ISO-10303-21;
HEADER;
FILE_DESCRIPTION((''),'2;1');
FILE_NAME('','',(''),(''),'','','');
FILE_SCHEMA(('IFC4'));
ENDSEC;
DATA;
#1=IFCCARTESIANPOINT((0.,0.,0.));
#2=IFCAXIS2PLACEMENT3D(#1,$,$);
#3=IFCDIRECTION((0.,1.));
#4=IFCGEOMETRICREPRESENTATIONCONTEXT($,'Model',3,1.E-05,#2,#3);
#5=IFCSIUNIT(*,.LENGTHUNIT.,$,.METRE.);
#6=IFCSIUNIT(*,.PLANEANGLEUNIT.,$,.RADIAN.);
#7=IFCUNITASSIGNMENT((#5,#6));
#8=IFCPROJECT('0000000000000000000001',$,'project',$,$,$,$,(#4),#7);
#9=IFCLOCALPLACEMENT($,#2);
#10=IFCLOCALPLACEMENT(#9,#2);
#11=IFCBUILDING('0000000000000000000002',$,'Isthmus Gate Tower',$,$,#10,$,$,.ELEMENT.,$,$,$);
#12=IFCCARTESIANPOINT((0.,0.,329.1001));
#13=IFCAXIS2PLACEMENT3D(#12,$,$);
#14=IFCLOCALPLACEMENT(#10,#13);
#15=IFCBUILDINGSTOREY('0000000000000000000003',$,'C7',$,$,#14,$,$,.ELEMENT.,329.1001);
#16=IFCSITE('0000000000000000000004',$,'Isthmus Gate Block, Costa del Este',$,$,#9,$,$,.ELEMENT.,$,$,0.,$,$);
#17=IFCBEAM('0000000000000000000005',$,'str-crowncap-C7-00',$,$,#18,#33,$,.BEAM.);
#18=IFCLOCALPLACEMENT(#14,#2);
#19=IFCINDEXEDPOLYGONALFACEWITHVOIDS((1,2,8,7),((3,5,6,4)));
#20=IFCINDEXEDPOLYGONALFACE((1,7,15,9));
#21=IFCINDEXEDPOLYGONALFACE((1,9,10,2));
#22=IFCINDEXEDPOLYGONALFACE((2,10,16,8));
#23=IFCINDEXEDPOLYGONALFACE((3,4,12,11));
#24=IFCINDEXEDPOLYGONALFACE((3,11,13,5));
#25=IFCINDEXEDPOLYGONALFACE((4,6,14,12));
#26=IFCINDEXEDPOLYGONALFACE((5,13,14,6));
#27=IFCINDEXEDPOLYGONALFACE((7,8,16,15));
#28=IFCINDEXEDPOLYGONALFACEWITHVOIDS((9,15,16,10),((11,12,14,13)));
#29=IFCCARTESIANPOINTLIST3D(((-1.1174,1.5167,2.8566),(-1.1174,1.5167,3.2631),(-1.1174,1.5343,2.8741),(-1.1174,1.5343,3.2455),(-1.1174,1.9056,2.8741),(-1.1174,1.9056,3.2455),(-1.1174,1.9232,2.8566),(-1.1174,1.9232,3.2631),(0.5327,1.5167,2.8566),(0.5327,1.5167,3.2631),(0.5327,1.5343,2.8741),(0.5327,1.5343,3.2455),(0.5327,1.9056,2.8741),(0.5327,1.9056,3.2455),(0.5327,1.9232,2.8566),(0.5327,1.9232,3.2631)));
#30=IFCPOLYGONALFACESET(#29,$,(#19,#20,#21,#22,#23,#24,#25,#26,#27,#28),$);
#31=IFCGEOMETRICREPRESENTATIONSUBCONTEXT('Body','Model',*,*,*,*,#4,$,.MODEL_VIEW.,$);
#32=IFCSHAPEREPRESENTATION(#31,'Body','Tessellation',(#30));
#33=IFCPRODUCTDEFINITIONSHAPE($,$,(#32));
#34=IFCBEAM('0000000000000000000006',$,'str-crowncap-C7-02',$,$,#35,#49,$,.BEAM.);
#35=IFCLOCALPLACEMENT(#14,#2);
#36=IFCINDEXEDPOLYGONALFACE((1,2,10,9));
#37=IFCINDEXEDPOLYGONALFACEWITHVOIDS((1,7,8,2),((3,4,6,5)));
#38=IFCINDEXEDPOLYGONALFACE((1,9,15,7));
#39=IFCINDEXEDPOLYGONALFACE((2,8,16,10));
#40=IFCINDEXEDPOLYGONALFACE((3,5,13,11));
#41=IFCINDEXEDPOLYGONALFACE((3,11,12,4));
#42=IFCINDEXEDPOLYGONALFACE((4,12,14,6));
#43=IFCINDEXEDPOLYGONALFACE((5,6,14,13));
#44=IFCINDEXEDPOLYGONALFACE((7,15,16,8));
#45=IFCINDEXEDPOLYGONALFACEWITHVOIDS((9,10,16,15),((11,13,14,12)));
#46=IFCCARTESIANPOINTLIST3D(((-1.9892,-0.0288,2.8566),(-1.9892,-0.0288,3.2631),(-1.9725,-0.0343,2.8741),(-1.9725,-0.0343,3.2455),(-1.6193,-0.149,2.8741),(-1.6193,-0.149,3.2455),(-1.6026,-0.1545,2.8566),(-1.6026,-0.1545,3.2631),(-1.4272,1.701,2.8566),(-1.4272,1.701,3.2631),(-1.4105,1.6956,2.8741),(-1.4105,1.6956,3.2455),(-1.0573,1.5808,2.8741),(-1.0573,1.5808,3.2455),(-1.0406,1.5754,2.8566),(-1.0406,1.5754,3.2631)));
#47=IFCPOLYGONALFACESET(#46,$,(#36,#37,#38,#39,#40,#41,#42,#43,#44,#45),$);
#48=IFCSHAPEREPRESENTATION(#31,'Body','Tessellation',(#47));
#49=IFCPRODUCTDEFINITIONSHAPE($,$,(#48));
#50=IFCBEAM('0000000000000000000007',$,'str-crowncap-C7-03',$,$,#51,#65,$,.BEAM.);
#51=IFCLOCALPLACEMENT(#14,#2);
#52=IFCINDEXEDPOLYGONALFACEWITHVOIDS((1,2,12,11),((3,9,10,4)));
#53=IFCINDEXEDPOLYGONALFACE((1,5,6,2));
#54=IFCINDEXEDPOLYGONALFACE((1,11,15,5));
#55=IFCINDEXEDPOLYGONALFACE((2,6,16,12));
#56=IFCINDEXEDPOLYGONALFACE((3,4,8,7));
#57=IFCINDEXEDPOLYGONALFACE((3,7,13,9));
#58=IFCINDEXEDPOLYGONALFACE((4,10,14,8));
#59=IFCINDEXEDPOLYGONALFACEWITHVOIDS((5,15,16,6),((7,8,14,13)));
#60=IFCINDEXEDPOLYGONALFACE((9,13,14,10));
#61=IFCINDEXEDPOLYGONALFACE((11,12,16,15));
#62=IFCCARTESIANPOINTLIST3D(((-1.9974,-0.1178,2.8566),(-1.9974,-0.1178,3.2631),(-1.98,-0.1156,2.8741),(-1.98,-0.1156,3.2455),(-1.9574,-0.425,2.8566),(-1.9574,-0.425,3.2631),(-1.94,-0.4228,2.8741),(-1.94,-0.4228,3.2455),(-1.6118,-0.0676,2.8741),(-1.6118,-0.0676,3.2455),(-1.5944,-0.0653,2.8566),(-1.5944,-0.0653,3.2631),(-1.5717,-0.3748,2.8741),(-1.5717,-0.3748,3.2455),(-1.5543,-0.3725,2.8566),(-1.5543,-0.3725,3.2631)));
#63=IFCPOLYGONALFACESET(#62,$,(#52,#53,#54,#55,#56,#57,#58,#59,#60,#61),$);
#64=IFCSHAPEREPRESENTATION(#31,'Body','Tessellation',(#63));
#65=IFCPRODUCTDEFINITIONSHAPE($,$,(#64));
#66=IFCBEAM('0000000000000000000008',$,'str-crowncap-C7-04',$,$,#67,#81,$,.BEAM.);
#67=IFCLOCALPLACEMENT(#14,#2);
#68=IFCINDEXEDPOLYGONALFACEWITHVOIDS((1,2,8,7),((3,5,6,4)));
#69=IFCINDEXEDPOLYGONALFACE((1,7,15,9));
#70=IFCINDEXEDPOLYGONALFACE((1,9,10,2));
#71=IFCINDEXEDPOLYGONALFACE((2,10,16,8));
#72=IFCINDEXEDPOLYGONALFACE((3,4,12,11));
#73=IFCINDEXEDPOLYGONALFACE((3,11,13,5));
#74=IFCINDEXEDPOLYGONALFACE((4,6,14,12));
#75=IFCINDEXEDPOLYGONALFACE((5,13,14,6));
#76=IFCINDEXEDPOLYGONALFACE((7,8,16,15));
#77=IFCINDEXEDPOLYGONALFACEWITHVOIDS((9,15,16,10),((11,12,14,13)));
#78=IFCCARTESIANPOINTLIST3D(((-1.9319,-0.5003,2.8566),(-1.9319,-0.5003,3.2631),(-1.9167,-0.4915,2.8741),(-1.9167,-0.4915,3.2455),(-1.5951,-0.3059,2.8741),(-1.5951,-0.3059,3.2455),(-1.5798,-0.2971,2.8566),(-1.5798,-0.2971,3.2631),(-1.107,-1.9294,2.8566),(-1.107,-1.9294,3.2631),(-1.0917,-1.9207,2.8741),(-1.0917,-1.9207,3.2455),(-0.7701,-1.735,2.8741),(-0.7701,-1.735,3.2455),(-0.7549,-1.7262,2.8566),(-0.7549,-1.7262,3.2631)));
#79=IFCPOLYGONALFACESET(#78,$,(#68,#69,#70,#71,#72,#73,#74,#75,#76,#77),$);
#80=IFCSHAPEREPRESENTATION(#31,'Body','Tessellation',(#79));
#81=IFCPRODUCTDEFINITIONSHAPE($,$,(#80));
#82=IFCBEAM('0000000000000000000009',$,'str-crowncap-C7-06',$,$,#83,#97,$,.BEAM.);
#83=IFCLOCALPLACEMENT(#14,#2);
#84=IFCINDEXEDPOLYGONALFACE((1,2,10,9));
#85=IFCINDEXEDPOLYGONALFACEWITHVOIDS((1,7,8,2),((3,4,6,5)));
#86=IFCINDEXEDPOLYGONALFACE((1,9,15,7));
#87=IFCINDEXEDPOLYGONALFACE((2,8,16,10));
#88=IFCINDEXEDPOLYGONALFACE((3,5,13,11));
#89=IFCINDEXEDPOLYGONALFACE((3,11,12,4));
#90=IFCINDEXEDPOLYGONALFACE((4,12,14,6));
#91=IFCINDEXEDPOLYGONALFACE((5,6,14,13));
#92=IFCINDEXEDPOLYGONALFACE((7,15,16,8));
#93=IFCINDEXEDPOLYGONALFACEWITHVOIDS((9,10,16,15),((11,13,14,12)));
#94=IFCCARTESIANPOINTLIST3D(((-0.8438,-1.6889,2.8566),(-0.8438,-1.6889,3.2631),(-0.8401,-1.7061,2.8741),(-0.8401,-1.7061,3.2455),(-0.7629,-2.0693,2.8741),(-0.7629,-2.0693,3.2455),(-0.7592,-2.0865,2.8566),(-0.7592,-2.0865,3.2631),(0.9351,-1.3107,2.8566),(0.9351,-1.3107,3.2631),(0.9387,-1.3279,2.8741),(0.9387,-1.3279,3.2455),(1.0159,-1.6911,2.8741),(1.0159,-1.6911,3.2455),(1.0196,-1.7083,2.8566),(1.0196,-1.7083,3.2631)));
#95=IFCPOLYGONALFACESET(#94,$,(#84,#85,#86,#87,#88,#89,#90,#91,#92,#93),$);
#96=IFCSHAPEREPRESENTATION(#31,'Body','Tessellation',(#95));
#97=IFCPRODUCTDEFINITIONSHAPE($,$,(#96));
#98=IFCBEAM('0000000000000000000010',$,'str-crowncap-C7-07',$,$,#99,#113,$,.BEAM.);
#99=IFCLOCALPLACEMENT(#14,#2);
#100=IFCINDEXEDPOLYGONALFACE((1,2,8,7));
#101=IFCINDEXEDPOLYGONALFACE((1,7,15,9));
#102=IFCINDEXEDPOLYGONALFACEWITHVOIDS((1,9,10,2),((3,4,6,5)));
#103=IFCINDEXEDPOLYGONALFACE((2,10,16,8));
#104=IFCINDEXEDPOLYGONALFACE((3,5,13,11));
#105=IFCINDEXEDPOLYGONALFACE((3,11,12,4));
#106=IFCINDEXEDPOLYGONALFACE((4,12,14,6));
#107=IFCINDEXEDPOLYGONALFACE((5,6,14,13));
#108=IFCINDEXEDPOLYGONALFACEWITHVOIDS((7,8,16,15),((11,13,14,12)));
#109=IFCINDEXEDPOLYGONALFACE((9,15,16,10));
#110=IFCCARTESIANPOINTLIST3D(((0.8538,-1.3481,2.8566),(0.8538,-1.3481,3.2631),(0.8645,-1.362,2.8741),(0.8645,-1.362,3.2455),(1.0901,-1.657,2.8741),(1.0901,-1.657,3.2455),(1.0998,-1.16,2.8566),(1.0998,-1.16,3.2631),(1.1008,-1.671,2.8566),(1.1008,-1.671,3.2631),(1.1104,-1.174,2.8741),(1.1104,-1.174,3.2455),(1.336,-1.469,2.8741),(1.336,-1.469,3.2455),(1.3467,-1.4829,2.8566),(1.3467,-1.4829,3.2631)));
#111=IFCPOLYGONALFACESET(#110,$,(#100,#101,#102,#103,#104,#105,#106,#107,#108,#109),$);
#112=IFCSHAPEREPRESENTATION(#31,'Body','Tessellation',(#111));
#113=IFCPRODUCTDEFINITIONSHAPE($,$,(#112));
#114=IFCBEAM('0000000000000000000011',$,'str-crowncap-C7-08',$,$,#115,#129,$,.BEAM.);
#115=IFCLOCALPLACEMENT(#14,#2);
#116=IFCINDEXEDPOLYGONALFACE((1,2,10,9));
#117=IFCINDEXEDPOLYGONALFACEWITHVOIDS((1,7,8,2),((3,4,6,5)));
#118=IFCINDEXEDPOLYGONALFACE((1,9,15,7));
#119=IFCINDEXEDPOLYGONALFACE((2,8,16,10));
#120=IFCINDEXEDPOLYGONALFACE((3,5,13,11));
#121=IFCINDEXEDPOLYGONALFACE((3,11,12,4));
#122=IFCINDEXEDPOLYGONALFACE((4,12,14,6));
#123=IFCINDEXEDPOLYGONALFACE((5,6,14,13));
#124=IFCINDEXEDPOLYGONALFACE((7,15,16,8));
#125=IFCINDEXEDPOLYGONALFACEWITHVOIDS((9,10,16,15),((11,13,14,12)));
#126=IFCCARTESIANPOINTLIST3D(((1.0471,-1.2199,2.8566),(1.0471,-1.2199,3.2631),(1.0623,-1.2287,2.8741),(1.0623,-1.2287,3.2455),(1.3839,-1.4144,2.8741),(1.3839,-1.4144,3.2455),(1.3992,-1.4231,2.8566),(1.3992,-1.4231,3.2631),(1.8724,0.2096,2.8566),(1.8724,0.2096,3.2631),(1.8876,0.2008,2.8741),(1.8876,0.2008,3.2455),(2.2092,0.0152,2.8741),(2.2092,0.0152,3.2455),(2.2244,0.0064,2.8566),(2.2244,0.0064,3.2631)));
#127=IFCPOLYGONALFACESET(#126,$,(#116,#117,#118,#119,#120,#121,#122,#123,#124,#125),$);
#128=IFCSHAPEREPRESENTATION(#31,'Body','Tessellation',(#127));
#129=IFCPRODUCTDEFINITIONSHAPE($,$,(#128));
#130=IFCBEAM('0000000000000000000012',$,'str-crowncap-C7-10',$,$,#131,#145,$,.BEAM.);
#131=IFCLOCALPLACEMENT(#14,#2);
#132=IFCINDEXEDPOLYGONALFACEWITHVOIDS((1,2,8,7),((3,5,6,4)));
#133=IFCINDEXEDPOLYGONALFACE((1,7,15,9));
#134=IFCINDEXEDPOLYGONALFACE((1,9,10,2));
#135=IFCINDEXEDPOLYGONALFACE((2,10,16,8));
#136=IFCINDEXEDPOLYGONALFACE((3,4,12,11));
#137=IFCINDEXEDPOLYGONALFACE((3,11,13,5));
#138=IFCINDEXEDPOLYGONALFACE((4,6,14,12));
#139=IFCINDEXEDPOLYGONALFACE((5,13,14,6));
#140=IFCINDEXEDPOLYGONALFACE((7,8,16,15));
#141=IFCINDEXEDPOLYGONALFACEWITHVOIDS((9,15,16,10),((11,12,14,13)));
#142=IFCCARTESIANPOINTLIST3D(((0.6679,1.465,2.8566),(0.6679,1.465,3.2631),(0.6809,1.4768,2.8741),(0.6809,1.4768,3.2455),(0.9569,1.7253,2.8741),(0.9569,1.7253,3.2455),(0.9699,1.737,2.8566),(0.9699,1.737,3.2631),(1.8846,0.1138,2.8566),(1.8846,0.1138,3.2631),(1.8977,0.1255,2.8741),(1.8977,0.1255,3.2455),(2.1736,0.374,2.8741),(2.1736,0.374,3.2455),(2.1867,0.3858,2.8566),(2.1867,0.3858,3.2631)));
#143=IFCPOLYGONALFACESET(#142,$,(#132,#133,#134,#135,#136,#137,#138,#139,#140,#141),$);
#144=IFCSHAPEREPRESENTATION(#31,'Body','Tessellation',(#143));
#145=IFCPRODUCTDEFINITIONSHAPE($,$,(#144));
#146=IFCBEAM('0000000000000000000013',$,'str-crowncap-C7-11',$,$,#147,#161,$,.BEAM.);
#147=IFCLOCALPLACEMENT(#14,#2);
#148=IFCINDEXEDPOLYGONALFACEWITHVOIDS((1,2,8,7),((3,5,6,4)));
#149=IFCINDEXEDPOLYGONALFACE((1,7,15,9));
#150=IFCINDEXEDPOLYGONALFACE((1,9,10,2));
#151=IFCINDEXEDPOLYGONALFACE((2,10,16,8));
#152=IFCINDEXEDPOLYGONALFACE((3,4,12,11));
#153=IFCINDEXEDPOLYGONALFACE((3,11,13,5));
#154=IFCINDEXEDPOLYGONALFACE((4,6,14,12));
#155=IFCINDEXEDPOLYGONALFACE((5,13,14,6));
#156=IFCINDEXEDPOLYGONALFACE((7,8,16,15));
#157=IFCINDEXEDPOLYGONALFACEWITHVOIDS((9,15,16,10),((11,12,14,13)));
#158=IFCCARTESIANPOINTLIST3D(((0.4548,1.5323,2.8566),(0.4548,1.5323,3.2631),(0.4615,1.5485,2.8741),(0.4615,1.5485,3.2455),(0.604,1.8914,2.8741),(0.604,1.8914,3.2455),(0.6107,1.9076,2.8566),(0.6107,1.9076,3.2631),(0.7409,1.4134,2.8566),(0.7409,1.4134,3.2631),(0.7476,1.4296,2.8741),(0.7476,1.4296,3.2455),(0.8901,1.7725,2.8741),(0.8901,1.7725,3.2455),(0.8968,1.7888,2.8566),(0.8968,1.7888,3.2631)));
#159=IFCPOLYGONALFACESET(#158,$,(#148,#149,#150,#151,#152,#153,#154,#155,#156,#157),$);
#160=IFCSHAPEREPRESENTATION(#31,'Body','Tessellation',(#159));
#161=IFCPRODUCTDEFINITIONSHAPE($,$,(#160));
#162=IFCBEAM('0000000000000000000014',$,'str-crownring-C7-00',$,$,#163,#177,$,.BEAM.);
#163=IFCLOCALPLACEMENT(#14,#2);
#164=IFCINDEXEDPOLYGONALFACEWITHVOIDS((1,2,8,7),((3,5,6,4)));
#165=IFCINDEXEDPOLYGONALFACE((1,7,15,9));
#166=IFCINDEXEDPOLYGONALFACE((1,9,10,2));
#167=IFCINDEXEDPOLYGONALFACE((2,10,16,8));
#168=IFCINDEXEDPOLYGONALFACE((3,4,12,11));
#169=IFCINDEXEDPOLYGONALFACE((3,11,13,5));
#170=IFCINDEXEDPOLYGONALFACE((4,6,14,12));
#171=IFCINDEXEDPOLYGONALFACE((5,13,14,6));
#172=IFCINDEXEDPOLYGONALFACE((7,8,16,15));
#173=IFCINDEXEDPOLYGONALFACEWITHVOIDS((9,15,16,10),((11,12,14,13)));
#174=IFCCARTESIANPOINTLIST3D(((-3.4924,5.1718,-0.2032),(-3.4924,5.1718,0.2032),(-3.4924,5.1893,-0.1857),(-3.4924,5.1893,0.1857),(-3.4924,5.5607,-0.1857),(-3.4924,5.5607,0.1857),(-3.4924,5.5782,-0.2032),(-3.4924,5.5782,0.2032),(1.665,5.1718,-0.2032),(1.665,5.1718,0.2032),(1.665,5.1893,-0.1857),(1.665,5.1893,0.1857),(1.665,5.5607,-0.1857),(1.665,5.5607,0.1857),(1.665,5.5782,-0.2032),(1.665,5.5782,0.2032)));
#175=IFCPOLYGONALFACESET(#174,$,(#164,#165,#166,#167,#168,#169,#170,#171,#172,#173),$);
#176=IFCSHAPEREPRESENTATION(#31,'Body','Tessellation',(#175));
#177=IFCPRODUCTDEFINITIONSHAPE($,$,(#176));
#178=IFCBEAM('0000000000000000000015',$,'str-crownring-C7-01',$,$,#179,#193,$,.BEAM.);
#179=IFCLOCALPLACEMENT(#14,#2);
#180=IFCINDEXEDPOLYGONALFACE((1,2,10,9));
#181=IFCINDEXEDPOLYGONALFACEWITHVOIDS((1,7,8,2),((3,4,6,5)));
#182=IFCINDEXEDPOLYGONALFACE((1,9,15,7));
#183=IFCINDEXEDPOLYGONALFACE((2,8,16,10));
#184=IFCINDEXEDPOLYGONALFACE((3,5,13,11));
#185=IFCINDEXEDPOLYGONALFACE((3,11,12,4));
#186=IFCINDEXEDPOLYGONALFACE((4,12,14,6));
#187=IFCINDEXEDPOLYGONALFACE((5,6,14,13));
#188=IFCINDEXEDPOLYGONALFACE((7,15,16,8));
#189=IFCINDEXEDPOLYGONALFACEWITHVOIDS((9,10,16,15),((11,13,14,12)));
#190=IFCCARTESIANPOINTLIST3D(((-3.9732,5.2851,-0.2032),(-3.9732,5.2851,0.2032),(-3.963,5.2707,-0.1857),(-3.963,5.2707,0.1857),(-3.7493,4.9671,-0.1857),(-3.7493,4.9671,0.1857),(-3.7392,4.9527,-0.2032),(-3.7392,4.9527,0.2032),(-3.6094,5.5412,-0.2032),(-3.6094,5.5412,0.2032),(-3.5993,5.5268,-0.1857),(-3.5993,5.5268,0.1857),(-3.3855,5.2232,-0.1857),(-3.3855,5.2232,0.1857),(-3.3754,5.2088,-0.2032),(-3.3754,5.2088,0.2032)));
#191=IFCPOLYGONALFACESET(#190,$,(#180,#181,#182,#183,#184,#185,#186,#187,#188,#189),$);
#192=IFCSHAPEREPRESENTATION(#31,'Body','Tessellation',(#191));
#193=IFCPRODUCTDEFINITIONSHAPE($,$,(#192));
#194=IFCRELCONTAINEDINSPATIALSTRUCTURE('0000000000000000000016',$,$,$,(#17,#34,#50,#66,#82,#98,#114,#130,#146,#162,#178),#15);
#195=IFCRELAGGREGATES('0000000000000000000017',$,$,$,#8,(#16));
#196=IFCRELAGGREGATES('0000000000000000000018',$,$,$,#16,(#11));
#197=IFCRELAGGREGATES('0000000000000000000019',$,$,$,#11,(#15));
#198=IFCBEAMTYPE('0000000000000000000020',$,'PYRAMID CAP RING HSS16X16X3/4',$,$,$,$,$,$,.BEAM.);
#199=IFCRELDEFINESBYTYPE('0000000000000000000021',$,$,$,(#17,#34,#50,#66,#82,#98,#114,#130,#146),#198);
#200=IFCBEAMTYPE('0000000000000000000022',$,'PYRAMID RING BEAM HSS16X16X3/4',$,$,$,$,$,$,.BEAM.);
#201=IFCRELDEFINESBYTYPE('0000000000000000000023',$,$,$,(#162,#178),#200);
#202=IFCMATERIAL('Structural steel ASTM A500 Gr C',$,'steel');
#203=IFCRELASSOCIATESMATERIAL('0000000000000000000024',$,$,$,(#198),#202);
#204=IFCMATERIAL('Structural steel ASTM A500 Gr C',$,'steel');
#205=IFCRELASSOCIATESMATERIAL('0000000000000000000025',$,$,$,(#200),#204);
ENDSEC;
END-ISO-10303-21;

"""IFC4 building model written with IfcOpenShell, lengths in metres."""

from ifc_helpers import new_model, si_unit, direction, frame, origin, origin_2d, place, context, subcontext, project, spatial, hollow_rectangle, extrude, material, material_profile, profile_set, type_object, element, save


model = new_model("IFC4")

# Units and contexts
model_context = context("Model", 3, precision=1e-05, world=origin(), true_north=direction((0.0, 1.0)))
body_context = subcontext(model_context, "Body", "Model", "MODEL_VIEW")
ifc_project = project(units=[si_unit("LENGTHUNIT", "METRE"), si_unit("PLANEANGLEUNIT", "RADIAN")], contexts=[model_context])

# Site, building, storey
site_placement = place(None, origin())
site = spatial("IfcSite", under=ifc_project, at=site_placement, Name="Isthmus Gate Block, Costa del Este", CompositionType="ELEMENT", RefElevation=0.0)
building_placement = place(site_placement, origin())
building = spatial("IfcBuilding", under=site, at=building_placement, Name="Isthmus Gate Tower", CompositionType="ELEMENT")
storey_placement = place(building_placement, frame((0.0, 0.0, 329.1001)))
storey = spatial("IfcBuildingStorey", under=building, at=storey_placement, Name="C7", CompositionType="ELEMENT", Elevation=329.1001)

# Beams
ifc_material_1 = material(Name="Structural steel ASTM A500 Gr C", Category="steel")
ifc_material_profile_1 = material_profile(ifc_material_1, hollow_rectangle(XDim=0.4065, YDim=0.4065, WallThickness=0.0176, at=origin_2d()), Name="HSS16X16X3/4")
ifc_profile_set_1 = profile_set([ifc_material_profile_1], Name="Structural steel ASTM A500 Gr C")
beam_type_1 = type_object("IfcBeamType", Name="PYRAMID CAP RING HSS16X16X3/4", PredefinedType="BEAM", material=ifc_profile_set_1)
beam_1_placement = place(storey_placement, frame((0.5327, 1.72, 3.0598), z_axis=(-1.0, 0.0, 0.0), x_axis=(0.0, -1.0, 0.0)))
element("IfcBeam", 1, at=beam_1_placement, inside=storey, type_object=beam_type_1, Name="str-crowncap-C7-00", PredefinedType="BEAM", context=body_context, shape_type="SweptSolid", body=[
    extrude(hollow_rectangle(XDim=0.4065, YDim=0.4065, WallThickness=0.0176, at=origin_2d()), origin(), (0.0, 0.0, 1.0), 1.6501),
])
beam_2_placement = place(storey_placement, frame((-1.2339, 1.6382, 3.0598), z_axis=(-0.30901, -0.951059, 0.0), x_axis=(0.951059, -0.30901, 0.0)))
element("IfcBeam", 2, at=beam_2_placement, inside=storey, type_object=beam_type_1, Name="str-crowncap-C7-02", PredefinedType="BEAM", context=body_context, shape_type="SweptSolid", body=[
    extrude(hollow_rectangle(XDim=0.4065, YDim=0.4065, WallThickness=0.0176, at=origin_2d()), origin(), (0.0, 0.0, 1.0), 1.8188),
])
beam_3_placement = place(storey_placement, frame((-1.7959, -0.0916, 3.0598), z_axis=(0.129272, -0.991609, 0.0), x_axis=(0.991609, 0.129272, 0.0)))
element("IfcBeam", 3, at=beam_3_placement, inside=storey, type_object=beam_type_1, Name="str-crowncap-C7-03", PredefinedType="BEAM", context=body_context, shape_type="SweptSolid", body=[
    extrude(hollow_rectangle(XDim=0.4065, YDim=0.4065, WallThickness=0.0176, at=origin_2d()), origin(), (0.0, 0.0, 1.0), 0.3098),
])
beam_4_placement = place(storey_placement, frame((-1.7559, -0.3987, 3.0598), z_axis=(0.49991, -0.866077, 0.0), x_axis=(0.866077, 0.49991, 0.0)))
element("IfcBeam", 4, at=beam_4_placement, inside=storey, type_object=beam_type_1, Name="str-crowncap-C7-04", PredefinedType="BEAM", context=body_context, shape_type="SweptSolid", body=[
    extrude(hollow_rectangle(XDim=0.4065, YDim=0.4065, WallThickness=0.0176, at=origin_2d()), origin(), (0.0, 0.0, 1.0), 1.6501),
])
beam_5_placement = place(storey_placement, frame((-0.8015, -1.8877, 3.0598), z_axis=(0.978139, 0.207952, 0.0), x_axis=(-0.207952, 0.978139, 0.0)))
element("IfcBeam", 5, at=beam_5_placement, inside=storey, type_object=beam_type_1, Name="str-crowncap-C7-06", PredefinedType="BEAM", context=body_context, shape_type="SweptSolid", body=[
    extrude(hollow_rectangle(XDim=0.4065, YDim=0.4065, WallThickness=0.0176, at=origin_2d()), origin(), (0.0, 0.0, 1.0), 1.8186),
])
beam_6_placement = place(storey_placement, frame((0.9773, -1.5095, 3.0598), z_axis=(0.79438, 0.607421, 0.0), x_axis=(-0.607421, 0.79438, 0.0)))
element("IfcBeam", 6, at=beam_6_placement, inside=storey, type_object=beam_type_1, Name="str-crowncap-C7-07", PredefinedType="BEAM", context=body_context, shape_type="SweptSolid", body=[
    extrude(hollow_rectangle(XDim=0.4065, YDim=0.4065, WallThickness=0.0176, at=origin_2d()), origin(), (0.0, 0.0, 1.0), 0.3096),
])
beam_7_placement = place(storey_placement, frame((1.2231, -1.3215, 3.0598), z_axis=(0.499957, 0.86605, 0.0), x_axis=(-0.86605, 0.499957, 0.0)))
element("IfcBeam", 7, at=beam_7_placement, inside=storey, type_object=beam_type_1, Name="str-crowncap-C7-08", PredefinedType="BEAM", context=body_context, shape_type="SweptSolid", body=[
    extrude(hollow_rectangle(XDim=0.4065, YDim=0.4065, WallThickness=0.0176, at=origin_2d()), origin(), (0.0, 0.0, 1.0), 1.6506),
])
beam_8_placement = place(storey_placement, frame((2.0356, 0.2498, 3.0598), z_axis=(-0.66915, 0.743127, 0.0), x_axis=(-0.743127, -0.66915, 0.0)))
element("IfcBeam", 8, at=beam_8_placement, inside=storey, type_object=beam_type_1, Name="str-crowncap-C7-10", PredefinedType="BEAM", context=body_context, shape_type="SweptSolid", body=[
    extrude(hollow_rectangle(XDim=0.4065, YDim=0.4065, WallThickness=0.0176, at=origin_2d()), origin(), (0.0, 0.0, 1.0), 1.8184),
])
beam_9_placement = place(storey_placement, frame((0.8188, 1.6011, 3.0598), z_axis=(-0.923449, 0.38372, 0.0), x_axis=(-0.38372, -0.923449, 0.0)))
element("IfcBeam", 9, at=beam_9_placement, inside=storey, type_object=beam_type_1, Name="str-crowncap-C7-11", PredefinedType="BEAM", context=body_context, shape_type="SweptSolid", body=[
    extrude(hollow_rectangle(XDim=0.4065, YDim=0.4065, WallThickness=0.0176, at=origin_2d()), origin(), (0.0, 0.0, 1.0), 0.3098),
])
ifc_material_2 = material(Name="Structural steel ASTM A500 Gr C", Category="steel")
ifc_material_profile_2 = material_profile(ifc_material_2, hollow_rectangle(XDim=0.4065, YDim=0.4065, WallThickness=0.0176, at=origin_2d()), Name="HSS16X16X3/4")
ifc_profile_set_2 = profile_set([ifc_material_profile_2], Name="Structural steel ASTM A500 Gr C")
beam_type_2 = type_object("IfcBeamType", Name="PYRAMID RING BEAM HSS16X16X3/4", PredefinedType="BEAM", material=ifc_profile_set_2)
beam_10_placement = place(storey_placement, frame((1.665, 5.375, 0.0), z_axis=(-1.0, 0.0, 0.0), x_axis=(0.0, -1.0, 0.0)))
element("IfcBeam", 10, at=beam_10_placement, inside=storey, type_object=beam_type_2, Name="str-crownring-C7-00", PredefinedType="BEAM", context=body_context, shape_type="SweptSolid", body=[
    extrude(hollow_rectangle(XDim=0.4065, YDim=0.4065, WallThickness=0.0176, at=origin_2d()), origin(), (0.0, 0.0, 1.0), 5.1575),
])
beam_11_placement = place(storey_placement, frame((-3.4924, 5.375, 0.0), z_axis=(-0.817682, -0.57567, 0.0), x_axis=(0.57567, -0.817682, 0.0)))
element("IfcBeam", 11, at=beam_11_placement, inside=storey, type_object=beam_type_2, Name="str-crownring-C7-01", PredefinedType="BEAM", context=body_context, shape_type="SweptSolid", body=[
    extrude(hollow_rectangle(XDim=0.4065, YDim=0.4065, WallThickness=0.0176, at=origin_2d()), origin(), (0.0, 0.0, 1.0), 0.4448),
])

save(model, "model.ifc")
